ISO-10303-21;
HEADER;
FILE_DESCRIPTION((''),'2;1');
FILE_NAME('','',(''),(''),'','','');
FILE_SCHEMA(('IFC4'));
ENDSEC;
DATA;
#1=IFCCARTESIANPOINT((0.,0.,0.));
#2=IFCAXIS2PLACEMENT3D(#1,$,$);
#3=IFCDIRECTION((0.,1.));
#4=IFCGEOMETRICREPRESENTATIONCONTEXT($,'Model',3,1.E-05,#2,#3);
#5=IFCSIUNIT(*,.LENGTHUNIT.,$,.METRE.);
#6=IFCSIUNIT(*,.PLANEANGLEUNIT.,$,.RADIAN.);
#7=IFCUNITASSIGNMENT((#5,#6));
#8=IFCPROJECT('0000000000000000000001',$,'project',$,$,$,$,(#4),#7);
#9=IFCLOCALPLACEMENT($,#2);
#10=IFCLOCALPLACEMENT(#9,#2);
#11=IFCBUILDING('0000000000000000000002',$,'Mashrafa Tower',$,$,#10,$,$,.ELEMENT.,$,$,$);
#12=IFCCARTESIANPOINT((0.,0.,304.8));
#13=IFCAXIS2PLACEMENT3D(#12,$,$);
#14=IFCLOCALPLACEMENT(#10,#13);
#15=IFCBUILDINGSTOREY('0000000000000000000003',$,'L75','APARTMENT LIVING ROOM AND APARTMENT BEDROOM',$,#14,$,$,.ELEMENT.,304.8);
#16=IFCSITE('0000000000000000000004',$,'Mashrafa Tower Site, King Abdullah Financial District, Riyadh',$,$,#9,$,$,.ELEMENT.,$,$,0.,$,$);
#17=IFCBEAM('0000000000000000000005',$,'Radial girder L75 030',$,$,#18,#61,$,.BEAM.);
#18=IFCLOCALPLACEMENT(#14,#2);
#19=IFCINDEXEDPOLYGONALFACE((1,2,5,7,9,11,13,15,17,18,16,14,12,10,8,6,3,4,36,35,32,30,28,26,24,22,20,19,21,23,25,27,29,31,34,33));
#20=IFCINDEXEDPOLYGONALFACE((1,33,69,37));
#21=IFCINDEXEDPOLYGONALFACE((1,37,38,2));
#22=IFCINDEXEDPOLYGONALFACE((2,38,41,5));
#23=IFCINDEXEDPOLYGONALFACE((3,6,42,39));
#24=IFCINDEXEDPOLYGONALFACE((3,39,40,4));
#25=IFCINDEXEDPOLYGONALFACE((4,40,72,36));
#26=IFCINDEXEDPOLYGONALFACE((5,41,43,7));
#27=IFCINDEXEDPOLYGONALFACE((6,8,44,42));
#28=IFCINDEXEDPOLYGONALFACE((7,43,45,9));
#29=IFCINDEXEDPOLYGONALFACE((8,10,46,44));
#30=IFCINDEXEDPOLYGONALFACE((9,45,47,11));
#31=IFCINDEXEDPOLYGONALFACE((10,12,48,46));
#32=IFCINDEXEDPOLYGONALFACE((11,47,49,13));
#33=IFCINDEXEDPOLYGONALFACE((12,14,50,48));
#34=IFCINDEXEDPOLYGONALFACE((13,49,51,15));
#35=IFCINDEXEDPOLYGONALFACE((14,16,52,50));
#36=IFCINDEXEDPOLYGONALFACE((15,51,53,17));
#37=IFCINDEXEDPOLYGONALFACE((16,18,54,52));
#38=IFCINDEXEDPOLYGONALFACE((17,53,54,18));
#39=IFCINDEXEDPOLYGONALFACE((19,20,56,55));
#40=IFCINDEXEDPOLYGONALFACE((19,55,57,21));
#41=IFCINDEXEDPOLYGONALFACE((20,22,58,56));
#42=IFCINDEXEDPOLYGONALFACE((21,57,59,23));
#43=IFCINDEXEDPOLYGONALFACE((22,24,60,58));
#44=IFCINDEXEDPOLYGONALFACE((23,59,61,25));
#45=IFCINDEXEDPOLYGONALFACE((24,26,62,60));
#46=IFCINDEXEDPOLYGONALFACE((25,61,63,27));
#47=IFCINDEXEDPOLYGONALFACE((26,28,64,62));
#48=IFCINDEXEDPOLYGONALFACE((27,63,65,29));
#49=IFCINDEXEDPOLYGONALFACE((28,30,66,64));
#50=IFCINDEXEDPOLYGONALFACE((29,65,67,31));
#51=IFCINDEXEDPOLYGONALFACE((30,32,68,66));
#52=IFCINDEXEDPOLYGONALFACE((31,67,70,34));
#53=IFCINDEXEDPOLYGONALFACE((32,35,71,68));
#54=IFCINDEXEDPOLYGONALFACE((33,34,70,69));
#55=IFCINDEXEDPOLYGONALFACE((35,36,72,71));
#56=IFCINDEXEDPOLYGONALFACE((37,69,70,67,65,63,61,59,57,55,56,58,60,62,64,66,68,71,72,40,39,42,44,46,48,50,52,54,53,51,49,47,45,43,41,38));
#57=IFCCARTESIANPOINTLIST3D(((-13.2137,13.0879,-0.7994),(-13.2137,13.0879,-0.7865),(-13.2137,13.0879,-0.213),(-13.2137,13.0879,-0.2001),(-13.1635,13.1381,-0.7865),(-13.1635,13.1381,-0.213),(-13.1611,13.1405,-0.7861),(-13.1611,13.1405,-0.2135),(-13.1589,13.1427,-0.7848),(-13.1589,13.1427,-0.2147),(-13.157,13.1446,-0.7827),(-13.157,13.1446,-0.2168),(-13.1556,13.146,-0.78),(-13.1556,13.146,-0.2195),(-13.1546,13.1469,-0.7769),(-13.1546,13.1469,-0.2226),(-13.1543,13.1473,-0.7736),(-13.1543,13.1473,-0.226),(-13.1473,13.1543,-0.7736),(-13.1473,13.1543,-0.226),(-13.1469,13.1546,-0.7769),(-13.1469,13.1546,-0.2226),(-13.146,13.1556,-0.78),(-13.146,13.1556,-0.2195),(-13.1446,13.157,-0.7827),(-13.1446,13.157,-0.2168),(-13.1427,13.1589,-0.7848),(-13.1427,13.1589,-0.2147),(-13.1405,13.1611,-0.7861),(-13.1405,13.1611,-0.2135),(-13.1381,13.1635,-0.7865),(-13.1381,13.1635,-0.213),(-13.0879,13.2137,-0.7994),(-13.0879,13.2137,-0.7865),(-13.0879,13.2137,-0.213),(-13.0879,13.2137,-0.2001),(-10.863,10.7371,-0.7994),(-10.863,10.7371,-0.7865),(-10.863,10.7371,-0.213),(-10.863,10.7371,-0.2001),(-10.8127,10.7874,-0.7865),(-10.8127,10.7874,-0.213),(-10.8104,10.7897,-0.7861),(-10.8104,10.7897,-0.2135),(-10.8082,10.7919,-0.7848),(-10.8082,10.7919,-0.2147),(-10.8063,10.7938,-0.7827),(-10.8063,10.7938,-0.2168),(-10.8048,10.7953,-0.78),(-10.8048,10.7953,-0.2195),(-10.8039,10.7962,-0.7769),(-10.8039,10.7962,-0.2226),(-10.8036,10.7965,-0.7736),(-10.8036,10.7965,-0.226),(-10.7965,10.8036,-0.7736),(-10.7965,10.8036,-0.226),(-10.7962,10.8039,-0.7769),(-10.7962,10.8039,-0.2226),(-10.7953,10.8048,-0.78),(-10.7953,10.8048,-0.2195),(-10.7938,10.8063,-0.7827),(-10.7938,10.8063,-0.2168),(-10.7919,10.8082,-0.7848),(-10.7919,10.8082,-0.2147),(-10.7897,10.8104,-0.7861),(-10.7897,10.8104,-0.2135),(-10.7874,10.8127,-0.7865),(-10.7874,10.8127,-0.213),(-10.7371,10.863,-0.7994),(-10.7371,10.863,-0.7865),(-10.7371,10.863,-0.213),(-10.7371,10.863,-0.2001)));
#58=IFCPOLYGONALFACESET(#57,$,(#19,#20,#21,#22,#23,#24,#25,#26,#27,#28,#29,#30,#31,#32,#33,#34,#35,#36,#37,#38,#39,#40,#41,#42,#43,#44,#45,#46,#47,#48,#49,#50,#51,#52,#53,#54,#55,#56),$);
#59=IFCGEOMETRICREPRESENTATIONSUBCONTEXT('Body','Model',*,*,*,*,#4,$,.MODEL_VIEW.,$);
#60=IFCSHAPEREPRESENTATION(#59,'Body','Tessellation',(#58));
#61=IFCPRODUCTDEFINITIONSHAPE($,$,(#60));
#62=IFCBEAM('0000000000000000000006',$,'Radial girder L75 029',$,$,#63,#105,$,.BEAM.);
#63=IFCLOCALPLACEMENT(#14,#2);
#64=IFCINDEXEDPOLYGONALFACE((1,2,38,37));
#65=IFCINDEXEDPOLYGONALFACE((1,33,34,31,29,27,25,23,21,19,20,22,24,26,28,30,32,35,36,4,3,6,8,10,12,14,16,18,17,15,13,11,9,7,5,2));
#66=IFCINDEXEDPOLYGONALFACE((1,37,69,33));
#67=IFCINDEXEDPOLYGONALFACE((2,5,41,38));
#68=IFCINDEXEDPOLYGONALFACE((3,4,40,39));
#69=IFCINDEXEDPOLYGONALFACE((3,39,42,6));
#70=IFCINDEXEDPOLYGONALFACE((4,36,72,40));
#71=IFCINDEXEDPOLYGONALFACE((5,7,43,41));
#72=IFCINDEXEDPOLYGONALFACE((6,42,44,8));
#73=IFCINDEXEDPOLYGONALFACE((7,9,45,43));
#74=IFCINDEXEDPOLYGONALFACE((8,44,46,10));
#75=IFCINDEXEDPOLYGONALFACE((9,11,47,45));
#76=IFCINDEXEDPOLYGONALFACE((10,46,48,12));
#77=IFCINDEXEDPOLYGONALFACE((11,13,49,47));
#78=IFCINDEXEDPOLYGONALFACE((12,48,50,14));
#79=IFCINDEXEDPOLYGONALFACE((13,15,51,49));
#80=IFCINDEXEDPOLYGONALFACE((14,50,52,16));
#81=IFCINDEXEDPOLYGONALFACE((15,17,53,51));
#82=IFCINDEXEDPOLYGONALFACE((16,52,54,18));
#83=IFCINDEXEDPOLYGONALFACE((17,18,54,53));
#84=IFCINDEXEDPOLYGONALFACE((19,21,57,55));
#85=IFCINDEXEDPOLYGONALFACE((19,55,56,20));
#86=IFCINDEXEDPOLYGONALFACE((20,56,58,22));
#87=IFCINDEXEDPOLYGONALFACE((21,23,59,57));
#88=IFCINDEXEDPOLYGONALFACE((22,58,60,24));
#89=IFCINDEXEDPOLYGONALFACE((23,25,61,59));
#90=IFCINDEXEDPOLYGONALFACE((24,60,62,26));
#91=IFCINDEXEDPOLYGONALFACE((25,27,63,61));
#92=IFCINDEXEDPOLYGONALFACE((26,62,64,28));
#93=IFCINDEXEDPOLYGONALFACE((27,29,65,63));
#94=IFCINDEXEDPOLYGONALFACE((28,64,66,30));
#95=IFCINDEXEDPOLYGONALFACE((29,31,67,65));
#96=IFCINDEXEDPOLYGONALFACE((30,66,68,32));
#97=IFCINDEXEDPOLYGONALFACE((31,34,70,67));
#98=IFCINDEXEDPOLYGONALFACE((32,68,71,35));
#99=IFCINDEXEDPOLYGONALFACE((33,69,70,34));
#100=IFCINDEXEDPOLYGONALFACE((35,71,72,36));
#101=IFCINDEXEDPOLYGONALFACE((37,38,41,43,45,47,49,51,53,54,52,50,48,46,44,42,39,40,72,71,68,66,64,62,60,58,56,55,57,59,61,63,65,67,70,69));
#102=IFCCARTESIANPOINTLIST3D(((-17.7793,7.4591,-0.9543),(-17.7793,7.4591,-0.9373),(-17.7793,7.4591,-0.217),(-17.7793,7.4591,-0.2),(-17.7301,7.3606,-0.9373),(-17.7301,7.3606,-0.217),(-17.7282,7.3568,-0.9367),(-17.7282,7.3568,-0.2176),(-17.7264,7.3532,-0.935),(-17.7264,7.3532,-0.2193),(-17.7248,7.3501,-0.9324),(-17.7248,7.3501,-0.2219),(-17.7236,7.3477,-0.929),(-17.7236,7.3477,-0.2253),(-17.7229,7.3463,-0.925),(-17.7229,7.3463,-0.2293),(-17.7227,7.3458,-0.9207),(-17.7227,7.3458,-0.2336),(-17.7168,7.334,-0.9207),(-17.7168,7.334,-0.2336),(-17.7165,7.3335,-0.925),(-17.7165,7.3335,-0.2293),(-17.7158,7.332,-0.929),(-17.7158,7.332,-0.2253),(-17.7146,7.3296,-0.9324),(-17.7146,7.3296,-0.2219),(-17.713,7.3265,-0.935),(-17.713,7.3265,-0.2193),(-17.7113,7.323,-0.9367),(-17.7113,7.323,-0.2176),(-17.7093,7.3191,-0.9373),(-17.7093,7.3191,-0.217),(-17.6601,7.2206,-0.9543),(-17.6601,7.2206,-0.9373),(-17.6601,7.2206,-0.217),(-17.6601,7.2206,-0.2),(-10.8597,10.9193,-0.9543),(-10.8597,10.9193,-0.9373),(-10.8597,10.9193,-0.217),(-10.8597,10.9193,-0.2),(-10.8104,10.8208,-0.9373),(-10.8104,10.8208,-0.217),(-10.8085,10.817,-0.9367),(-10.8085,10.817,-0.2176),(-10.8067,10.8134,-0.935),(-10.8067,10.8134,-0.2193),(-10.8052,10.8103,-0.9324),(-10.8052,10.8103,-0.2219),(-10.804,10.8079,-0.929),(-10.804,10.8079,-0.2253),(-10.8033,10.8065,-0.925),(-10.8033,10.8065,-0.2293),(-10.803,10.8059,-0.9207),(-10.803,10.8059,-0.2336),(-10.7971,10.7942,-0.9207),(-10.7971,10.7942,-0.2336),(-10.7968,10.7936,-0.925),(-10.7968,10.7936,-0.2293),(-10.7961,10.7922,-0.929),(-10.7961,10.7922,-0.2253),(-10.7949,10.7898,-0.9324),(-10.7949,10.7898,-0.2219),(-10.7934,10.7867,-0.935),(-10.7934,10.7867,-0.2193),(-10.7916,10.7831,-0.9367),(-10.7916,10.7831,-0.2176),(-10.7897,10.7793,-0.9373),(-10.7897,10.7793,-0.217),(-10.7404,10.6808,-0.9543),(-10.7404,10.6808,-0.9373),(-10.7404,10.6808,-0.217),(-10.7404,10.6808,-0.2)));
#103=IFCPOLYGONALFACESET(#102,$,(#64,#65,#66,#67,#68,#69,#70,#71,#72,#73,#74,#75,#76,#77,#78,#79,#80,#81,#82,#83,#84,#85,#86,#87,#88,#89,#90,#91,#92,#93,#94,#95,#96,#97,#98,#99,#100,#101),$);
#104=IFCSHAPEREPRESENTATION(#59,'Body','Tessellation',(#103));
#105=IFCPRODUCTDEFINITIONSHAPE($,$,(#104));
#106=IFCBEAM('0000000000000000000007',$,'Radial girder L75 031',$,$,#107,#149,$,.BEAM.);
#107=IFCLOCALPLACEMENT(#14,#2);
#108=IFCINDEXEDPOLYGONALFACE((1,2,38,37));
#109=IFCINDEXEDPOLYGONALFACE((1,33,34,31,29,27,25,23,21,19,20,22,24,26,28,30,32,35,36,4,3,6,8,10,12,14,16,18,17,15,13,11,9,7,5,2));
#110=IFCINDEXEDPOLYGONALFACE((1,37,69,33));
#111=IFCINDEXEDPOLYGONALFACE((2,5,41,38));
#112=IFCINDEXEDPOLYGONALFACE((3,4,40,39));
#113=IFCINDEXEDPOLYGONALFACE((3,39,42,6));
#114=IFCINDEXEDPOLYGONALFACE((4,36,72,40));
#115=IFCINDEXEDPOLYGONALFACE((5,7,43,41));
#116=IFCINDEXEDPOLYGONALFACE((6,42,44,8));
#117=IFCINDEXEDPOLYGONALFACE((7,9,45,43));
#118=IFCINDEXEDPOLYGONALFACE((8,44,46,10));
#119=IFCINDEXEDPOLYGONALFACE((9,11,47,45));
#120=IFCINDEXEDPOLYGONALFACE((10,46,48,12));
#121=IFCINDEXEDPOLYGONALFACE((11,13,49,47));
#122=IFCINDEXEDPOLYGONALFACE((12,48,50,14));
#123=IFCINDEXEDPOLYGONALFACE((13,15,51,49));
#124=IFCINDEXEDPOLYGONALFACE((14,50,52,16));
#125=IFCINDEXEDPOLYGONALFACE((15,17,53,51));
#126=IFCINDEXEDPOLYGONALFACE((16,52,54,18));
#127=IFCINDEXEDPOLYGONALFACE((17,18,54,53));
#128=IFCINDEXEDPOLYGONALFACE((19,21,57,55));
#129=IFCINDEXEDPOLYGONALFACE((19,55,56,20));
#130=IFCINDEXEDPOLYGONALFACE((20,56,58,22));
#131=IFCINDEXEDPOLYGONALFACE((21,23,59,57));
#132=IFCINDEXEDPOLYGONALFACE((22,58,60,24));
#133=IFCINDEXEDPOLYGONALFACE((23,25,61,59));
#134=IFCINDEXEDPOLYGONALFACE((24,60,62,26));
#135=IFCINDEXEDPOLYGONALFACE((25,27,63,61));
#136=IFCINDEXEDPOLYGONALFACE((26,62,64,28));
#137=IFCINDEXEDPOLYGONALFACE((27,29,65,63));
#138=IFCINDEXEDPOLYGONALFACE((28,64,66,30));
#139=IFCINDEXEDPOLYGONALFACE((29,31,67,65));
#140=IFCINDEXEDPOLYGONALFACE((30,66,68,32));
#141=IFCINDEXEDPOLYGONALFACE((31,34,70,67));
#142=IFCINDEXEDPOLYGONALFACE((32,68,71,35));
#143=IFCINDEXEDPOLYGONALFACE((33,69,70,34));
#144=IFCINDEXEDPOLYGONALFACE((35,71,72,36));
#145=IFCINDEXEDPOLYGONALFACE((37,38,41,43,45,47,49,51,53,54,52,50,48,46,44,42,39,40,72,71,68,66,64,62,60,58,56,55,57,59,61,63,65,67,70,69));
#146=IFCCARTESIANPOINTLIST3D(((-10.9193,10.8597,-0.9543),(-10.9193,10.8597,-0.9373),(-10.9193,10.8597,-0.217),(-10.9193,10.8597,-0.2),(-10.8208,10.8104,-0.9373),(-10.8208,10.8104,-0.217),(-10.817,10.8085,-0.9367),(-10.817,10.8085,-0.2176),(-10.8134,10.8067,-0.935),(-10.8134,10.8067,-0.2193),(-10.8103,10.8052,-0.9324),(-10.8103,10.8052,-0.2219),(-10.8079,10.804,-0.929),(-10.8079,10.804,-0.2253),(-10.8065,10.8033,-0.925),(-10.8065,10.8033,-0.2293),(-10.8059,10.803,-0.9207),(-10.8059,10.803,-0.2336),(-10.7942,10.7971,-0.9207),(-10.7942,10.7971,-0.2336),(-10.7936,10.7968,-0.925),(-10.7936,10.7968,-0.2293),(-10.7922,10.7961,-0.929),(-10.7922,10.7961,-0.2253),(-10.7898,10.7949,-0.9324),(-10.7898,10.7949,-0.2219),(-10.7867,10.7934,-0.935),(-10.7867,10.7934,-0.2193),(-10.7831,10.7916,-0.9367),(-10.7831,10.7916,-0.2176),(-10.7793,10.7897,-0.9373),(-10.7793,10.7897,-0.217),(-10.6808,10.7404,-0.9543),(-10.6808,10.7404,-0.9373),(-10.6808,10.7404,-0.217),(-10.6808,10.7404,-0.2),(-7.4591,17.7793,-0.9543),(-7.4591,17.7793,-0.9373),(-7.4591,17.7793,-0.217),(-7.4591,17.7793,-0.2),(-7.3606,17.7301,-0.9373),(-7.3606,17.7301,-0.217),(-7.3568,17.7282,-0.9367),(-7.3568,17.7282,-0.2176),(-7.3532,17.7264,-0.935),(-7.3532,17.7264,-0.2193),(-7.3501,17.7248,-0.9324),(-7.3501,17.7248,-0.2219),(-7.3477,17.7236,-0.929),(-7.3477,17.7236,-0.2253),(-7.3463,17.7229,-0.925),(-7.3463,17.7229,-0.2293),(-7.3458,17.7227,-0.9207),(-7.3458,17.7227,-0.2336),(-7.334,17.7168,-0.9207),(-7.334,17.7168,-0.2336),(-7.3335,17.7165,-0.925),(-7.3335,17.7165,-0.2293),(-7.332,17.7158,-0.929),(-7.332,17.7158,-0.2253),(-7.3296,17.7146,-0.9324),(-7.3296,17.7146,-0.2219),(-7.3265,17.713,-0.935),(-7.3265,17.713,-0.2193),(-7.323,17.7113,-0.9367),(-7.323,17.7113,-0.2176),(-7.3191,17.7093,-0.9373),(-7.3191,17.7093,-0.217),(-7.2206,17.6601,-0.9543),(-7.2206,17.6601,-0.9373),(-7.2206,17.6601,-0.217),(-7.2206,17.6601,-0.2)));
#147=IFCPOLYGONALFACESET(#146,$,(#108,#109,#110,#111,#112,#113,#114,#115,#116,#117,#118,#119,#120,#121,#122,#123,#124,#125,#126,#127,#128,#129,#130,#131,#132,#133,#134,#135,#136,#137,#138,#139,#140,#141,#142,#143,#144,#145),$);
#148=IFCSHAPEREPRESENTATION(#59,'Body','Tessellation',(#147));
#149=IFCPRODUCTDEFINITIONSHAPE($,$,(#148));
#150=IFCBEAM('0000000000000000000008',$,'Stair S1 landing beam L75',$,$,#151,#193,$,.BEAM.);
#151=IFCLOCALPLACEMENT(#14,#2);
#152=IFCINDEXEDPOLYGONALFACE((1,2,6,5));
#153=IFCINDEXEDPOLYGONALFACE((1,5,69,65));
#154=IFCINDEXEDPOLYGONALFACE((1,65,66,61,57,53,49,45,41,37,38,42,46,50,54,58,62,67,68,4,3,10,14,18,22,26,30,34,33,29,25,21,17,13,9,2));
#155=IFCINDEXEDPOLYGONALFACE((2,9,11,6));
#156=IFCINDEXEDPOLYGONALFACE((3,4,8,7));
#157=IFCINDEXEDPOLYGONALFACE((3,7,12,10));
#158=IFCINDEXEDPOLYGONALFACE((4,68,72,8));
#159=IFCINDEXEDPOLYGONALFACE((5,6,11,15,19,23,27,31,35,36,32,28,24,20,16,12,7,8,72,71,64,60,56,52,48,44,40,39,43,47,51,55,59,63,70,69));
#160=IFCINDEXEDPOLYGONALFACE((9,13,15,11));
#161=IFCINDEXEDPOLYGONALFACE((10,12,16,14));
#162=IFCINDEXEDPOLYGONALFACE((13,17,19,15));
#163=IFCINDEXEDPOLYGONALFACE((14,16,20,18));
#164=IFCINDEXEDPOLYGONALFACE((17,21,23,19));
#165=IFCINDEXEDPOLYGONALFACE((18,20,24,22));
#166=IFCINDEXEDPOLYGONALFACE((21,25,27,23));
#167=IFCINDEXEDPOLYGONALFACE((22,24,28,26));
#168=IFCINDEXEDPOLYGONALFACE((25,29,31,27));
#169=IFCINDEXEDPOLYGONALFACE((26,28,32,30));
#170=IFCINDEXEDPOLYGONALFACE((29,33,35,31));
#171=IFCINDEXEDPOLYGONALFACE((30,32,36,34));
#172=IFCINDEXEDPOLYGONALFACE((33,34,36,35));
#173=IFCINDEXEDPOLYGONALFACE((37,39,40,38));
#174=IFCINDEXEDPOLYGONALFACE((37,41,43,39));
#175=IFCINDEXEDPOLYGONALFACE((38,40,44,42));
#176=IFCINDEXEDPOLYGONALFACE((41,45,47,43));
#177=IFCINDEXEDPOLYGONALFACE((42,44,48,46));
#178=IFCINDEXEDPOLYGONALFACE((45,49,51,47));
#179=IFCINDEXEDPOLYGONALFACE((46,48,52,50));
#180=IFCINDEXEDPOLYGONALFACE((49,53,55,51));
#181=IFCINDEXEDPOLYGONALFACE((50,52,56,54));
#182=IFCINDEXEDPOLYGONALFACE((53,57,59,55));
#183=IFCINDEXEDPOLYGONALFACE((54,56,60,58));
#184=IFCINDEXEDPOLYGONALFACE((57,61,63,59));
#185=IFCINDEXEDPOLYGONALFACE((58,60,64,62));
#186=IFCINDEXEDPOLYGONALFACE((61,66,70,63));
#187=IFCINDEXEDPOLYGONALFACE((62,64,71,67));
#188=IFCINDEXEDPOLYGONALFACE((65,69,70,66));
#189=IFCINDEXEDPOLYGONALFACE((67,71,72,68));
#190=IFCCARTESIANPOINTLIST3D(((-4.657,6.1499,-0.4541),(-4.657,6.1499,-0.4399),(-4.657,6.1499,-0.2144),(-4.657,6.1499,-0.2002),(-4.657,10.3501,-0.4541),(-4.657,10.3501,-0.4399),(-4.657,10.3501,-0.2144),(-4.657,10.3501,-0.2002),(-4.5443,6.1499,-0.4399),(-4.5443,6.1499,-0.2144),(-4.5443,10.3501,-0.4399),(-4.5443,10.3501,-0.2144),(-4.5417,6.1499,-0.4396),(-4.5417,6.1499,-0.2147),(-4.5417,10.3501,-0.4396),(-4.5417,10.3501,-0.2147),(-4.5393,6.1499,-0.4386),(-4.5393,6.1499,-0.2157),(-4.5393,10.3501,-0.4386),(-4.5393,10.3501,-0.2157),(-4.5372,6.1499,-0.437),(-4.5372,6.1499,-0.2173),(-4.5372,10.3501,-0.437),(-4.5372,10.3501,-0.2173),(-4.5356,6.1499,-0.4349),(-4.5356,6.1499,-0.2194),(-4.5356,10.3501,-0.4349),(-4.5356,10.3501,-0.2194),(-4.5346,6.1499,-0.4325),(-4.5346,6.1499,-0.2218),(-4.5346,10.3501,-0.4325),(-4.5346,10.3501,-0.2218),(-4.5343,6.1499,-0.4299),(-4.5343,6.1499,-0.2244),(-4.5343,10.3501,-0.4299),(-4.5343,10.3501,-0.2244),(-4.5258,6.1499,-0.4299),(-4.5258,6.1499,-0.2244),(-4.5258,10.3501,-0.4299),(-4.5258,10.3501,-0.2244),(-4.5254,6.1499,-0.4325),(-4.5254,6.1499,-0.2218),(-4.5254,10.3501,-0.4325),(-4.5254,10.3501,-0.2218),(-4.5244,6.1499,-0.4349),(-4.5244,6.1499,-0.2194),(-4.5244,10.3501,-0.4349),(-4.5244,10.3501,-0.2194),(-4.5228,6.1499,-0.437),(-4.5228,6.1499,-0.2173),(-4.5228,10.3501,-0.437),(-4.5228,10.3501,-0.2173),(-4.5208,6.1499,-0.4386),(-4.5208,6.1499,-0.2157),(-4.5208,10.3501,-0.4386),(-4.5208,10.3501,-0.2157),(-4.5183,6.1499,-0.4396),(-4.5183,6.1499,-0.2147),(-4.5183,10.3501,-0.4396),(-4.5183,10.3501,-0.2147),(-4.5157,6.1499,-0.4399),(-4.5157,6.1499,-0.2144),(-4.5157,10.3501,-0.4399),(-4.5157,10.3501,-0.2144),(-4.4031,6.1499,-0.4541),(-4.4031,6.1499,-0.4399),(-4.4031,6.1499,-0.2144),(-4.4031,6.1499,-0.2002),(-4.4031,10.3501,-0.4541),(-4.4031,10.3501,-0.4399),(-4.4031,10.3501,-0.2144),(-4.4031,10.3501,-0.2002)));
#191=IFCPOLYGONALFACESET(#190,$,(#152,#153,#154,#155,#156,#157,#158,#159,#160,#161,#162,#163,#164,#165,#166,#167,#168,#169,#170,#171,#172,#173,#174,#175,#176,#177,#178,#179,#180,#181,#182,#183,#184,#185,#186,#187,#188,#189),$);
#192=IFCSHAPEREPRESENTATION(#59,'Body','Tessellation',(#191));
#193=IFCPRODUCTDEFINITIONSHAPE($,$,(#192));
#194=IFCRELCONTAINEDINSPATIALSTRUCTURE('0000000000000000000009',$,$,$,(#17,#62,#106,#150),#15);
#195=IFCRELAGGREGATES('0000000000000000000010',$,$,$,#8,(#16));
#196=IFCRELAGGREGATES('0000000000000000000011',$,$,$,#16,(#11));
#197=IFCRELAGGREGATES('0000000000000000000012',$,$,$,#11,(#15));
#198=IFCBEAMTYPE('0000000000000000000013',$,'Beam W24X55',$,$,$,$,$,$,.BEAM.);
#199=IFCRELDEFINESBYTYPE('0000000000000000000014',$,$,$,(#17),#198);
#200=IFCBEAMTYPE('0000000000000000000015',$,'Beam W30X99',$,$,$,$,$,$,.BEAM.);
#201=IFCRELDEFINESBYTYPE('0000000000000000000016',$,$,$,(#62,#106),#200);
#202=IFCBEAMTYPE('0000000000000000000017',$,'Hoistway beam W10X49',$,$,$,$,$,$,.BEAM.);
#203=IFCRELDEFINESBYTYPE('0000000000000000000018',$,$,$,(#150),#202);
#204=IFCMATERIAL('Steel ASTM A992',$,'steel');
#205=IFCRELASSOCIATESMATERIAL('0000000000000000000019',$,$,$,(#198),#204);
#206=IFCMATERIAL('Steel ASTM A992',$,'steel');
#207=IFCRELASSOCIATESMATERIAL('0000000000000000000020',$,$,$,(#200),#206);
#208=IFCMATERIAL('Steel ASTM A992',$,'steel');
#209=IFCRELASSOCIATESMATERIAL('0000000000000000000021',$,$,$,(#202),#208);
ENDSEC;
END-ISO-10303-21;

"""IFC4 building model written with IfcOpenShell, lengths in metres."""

from ifc_helpers import new_model, si_unit, direction, frame, origin, origin_2d, place, context, subcontext, project, spatial, i_section, extrude, material, material_profile, profile_set, type_object, element, save


model = new_model("IFC4")

# Units and contexts
model_context = context("Model", 3, precision=1e-05, world=origin(), true_north=direction((0.0, 1.0)))
body_context = subcontext(model_context, "Body", "Model", "MODEL_VIEW")
ifc_project = project(units=[si_unit("LENGTHUNIT", "METRE"), si_unit("PLANEANGLEUNIT", "RADIAN")], contexts=[model_context])

# Site, building, storey
site_placement = place(None, origin())
site = spatial("IfcSite", under=ifc_project, at=site_placement, Name="Mashrafa Tower Site, King Abdullah Financial District, Riyadh", CompositionType="ELEMENT", RefElevation=0.0)
building_placement = place(site_placement, origin())
building = spatial("IfcBuilding", under=site, at=building_placement, Name="Mashrafa Tower", CompositionType="ELEMENT")
storey_placement = place(building_placement, frame((0.0, 0.0, 304.8)))
storey = spatial("IfcBuildingStorey", under=building, at=storey_placement, Name="L75", Description="APARTMENT LIVING ROOM AND APARTMENT BEDROOM", CompositionType="ELEMENT", Elevation=304.8)

# Beams
ifc_material_1 = material(Name="Steel ASTM A992", Category="steel")
ifc_material_profile_1 = material_profile(ifc_material_1, i_section(OverallWidth=0.178, OverallDepth=0.5994, WebThickness=0.01, FlangeThickness=0.0129, FilletRadius=0.0129, at=origin_2d()), Name="W24X55")
ifc_profile_set_1 = profile_set([ifc_material_profile_1], Name="Steel ASTM A992")
beam_type_1 = type_object("IfcBeamType", Name="Beam W24X55", PredefinedType="BEAM", material=ifc_profile_set_1)
beam_1_placement = place(storey_placement, frame((-10.8, 10.8, -0.4998), z_axis=(-0.707107, 0.707107, 0.0), x_axis=(-0.707107, -0.707107, 0.0)))
element("IfcBeam", 1, at=beam_1_placement, inside=storey, type_object=beam_type_1, Name="Radial girder L75 030", PredefinedType="BEAM", context=body_context, shape_type="SweptSolid", body=[
    extrude(i_section(OverallWidth=0.178, OverallDepth=0.5994, WebThickness=0.01, FlangeThickness=0.0129, FilletRadius=0.0129, at=origin_2d()), origin(), (0.0, 0.0, 1.0), 3.3245),
])
ifc_material_2 = material(Name="Steel ASTM A992", Category="steel")
ifc_material_profile_2 = material_profile(ifc_material_2, i_section(OverallWidth=0.2666, OverallDepth=0.7544, WebThickness=0.0132, FlangeThickness=0.0171, FilletRadius=0.0166, at=origin_2d()), Name="W30X99")
ifc_profile_set_2 = profile_set([ifc_material_profile_2], Name="Steel ASTM A992")
beam_type_2 = type_object("IfcBeamType", Name="Beam W30X99", PredefinedType="BEAM", material=ifc_profile_set_2)
for number, where, z_axis, x_axis, name in (
    (2, (-10.8, 10.8, -0.5771), (-0.894408, -0.447251, 0.0), (0.447251, -0.894408, 0.0), "Radial girder L75 029"),
    (3, (-10.8, 10.8, -0.5771), (0.447251, 0.894408, 0.0), (-0.894408, 0.447251, 0.0), "Radial girder L75 031"),
):
    element("IfcBeam", number, at=place(storey_placement, frame(where, z_axis=z_axis, x_axis=x_axis)), inside=storey, type_object=beam_type_2, Name=name, PredefinedType="BEAM", context=body_context, shape_type="SweptSolid", body=[
        extrude(i_section(OverallWidth=0.2666, OverallDepth=0.7544, WebThickness=0.0132, FlangeThickness=0.0171, FilletRadius=0.0166, at=origin_2d()), origin(), (0.0, 0.0, 1.0), 7.7366),
    ])
ifc_material_3 = material(Name="Steel ASTM A992", Category="steel")
ifc_material_profile_3 = material_profile(ifc_material_3, i_section(OverallWidth=0.2539, OverallDepth=0.2539, WebThickness=0.0085, FlangeThickness=0.0142, FilletRadius=0.01, at=origin_2d()), Name="W10X49")
ifc_profile_set_3 = profile_set([ifc_material_profile_3], Name="Steel ASTM A992")
beam_type_3 = type_object("IfcBeamType", Name="Hoistway beam W10X49", PredefinedType="BEAM", material=ifc_profile_set_3)
beam_2_placement = place(storey_placement, frame((-4.53, 6.1499, -0.3271), z_axis=(0.0, 1.0, 0.0), x_axis=(-1.0, 0.0, 0.0)))
element("IfcBeam", 4, at=beam_2_placement, inside=storey, type_object=beam_type_3, Name="Stair S1 landing beam L75", PredefinedType="BEAM", context=body_context, shape_type="SweptSolid", body=[
    extrude(i_section(OverallWidth=0.2539, OverallDepth=0.2539, WebThickness=0.0085, FlangeThickness=0.0142, FilletRadius=0.01, at=origin_2d()), origin(), (0.0, 0.0, 1.0), 4.2002),
])

save(model, "model.ifc")
